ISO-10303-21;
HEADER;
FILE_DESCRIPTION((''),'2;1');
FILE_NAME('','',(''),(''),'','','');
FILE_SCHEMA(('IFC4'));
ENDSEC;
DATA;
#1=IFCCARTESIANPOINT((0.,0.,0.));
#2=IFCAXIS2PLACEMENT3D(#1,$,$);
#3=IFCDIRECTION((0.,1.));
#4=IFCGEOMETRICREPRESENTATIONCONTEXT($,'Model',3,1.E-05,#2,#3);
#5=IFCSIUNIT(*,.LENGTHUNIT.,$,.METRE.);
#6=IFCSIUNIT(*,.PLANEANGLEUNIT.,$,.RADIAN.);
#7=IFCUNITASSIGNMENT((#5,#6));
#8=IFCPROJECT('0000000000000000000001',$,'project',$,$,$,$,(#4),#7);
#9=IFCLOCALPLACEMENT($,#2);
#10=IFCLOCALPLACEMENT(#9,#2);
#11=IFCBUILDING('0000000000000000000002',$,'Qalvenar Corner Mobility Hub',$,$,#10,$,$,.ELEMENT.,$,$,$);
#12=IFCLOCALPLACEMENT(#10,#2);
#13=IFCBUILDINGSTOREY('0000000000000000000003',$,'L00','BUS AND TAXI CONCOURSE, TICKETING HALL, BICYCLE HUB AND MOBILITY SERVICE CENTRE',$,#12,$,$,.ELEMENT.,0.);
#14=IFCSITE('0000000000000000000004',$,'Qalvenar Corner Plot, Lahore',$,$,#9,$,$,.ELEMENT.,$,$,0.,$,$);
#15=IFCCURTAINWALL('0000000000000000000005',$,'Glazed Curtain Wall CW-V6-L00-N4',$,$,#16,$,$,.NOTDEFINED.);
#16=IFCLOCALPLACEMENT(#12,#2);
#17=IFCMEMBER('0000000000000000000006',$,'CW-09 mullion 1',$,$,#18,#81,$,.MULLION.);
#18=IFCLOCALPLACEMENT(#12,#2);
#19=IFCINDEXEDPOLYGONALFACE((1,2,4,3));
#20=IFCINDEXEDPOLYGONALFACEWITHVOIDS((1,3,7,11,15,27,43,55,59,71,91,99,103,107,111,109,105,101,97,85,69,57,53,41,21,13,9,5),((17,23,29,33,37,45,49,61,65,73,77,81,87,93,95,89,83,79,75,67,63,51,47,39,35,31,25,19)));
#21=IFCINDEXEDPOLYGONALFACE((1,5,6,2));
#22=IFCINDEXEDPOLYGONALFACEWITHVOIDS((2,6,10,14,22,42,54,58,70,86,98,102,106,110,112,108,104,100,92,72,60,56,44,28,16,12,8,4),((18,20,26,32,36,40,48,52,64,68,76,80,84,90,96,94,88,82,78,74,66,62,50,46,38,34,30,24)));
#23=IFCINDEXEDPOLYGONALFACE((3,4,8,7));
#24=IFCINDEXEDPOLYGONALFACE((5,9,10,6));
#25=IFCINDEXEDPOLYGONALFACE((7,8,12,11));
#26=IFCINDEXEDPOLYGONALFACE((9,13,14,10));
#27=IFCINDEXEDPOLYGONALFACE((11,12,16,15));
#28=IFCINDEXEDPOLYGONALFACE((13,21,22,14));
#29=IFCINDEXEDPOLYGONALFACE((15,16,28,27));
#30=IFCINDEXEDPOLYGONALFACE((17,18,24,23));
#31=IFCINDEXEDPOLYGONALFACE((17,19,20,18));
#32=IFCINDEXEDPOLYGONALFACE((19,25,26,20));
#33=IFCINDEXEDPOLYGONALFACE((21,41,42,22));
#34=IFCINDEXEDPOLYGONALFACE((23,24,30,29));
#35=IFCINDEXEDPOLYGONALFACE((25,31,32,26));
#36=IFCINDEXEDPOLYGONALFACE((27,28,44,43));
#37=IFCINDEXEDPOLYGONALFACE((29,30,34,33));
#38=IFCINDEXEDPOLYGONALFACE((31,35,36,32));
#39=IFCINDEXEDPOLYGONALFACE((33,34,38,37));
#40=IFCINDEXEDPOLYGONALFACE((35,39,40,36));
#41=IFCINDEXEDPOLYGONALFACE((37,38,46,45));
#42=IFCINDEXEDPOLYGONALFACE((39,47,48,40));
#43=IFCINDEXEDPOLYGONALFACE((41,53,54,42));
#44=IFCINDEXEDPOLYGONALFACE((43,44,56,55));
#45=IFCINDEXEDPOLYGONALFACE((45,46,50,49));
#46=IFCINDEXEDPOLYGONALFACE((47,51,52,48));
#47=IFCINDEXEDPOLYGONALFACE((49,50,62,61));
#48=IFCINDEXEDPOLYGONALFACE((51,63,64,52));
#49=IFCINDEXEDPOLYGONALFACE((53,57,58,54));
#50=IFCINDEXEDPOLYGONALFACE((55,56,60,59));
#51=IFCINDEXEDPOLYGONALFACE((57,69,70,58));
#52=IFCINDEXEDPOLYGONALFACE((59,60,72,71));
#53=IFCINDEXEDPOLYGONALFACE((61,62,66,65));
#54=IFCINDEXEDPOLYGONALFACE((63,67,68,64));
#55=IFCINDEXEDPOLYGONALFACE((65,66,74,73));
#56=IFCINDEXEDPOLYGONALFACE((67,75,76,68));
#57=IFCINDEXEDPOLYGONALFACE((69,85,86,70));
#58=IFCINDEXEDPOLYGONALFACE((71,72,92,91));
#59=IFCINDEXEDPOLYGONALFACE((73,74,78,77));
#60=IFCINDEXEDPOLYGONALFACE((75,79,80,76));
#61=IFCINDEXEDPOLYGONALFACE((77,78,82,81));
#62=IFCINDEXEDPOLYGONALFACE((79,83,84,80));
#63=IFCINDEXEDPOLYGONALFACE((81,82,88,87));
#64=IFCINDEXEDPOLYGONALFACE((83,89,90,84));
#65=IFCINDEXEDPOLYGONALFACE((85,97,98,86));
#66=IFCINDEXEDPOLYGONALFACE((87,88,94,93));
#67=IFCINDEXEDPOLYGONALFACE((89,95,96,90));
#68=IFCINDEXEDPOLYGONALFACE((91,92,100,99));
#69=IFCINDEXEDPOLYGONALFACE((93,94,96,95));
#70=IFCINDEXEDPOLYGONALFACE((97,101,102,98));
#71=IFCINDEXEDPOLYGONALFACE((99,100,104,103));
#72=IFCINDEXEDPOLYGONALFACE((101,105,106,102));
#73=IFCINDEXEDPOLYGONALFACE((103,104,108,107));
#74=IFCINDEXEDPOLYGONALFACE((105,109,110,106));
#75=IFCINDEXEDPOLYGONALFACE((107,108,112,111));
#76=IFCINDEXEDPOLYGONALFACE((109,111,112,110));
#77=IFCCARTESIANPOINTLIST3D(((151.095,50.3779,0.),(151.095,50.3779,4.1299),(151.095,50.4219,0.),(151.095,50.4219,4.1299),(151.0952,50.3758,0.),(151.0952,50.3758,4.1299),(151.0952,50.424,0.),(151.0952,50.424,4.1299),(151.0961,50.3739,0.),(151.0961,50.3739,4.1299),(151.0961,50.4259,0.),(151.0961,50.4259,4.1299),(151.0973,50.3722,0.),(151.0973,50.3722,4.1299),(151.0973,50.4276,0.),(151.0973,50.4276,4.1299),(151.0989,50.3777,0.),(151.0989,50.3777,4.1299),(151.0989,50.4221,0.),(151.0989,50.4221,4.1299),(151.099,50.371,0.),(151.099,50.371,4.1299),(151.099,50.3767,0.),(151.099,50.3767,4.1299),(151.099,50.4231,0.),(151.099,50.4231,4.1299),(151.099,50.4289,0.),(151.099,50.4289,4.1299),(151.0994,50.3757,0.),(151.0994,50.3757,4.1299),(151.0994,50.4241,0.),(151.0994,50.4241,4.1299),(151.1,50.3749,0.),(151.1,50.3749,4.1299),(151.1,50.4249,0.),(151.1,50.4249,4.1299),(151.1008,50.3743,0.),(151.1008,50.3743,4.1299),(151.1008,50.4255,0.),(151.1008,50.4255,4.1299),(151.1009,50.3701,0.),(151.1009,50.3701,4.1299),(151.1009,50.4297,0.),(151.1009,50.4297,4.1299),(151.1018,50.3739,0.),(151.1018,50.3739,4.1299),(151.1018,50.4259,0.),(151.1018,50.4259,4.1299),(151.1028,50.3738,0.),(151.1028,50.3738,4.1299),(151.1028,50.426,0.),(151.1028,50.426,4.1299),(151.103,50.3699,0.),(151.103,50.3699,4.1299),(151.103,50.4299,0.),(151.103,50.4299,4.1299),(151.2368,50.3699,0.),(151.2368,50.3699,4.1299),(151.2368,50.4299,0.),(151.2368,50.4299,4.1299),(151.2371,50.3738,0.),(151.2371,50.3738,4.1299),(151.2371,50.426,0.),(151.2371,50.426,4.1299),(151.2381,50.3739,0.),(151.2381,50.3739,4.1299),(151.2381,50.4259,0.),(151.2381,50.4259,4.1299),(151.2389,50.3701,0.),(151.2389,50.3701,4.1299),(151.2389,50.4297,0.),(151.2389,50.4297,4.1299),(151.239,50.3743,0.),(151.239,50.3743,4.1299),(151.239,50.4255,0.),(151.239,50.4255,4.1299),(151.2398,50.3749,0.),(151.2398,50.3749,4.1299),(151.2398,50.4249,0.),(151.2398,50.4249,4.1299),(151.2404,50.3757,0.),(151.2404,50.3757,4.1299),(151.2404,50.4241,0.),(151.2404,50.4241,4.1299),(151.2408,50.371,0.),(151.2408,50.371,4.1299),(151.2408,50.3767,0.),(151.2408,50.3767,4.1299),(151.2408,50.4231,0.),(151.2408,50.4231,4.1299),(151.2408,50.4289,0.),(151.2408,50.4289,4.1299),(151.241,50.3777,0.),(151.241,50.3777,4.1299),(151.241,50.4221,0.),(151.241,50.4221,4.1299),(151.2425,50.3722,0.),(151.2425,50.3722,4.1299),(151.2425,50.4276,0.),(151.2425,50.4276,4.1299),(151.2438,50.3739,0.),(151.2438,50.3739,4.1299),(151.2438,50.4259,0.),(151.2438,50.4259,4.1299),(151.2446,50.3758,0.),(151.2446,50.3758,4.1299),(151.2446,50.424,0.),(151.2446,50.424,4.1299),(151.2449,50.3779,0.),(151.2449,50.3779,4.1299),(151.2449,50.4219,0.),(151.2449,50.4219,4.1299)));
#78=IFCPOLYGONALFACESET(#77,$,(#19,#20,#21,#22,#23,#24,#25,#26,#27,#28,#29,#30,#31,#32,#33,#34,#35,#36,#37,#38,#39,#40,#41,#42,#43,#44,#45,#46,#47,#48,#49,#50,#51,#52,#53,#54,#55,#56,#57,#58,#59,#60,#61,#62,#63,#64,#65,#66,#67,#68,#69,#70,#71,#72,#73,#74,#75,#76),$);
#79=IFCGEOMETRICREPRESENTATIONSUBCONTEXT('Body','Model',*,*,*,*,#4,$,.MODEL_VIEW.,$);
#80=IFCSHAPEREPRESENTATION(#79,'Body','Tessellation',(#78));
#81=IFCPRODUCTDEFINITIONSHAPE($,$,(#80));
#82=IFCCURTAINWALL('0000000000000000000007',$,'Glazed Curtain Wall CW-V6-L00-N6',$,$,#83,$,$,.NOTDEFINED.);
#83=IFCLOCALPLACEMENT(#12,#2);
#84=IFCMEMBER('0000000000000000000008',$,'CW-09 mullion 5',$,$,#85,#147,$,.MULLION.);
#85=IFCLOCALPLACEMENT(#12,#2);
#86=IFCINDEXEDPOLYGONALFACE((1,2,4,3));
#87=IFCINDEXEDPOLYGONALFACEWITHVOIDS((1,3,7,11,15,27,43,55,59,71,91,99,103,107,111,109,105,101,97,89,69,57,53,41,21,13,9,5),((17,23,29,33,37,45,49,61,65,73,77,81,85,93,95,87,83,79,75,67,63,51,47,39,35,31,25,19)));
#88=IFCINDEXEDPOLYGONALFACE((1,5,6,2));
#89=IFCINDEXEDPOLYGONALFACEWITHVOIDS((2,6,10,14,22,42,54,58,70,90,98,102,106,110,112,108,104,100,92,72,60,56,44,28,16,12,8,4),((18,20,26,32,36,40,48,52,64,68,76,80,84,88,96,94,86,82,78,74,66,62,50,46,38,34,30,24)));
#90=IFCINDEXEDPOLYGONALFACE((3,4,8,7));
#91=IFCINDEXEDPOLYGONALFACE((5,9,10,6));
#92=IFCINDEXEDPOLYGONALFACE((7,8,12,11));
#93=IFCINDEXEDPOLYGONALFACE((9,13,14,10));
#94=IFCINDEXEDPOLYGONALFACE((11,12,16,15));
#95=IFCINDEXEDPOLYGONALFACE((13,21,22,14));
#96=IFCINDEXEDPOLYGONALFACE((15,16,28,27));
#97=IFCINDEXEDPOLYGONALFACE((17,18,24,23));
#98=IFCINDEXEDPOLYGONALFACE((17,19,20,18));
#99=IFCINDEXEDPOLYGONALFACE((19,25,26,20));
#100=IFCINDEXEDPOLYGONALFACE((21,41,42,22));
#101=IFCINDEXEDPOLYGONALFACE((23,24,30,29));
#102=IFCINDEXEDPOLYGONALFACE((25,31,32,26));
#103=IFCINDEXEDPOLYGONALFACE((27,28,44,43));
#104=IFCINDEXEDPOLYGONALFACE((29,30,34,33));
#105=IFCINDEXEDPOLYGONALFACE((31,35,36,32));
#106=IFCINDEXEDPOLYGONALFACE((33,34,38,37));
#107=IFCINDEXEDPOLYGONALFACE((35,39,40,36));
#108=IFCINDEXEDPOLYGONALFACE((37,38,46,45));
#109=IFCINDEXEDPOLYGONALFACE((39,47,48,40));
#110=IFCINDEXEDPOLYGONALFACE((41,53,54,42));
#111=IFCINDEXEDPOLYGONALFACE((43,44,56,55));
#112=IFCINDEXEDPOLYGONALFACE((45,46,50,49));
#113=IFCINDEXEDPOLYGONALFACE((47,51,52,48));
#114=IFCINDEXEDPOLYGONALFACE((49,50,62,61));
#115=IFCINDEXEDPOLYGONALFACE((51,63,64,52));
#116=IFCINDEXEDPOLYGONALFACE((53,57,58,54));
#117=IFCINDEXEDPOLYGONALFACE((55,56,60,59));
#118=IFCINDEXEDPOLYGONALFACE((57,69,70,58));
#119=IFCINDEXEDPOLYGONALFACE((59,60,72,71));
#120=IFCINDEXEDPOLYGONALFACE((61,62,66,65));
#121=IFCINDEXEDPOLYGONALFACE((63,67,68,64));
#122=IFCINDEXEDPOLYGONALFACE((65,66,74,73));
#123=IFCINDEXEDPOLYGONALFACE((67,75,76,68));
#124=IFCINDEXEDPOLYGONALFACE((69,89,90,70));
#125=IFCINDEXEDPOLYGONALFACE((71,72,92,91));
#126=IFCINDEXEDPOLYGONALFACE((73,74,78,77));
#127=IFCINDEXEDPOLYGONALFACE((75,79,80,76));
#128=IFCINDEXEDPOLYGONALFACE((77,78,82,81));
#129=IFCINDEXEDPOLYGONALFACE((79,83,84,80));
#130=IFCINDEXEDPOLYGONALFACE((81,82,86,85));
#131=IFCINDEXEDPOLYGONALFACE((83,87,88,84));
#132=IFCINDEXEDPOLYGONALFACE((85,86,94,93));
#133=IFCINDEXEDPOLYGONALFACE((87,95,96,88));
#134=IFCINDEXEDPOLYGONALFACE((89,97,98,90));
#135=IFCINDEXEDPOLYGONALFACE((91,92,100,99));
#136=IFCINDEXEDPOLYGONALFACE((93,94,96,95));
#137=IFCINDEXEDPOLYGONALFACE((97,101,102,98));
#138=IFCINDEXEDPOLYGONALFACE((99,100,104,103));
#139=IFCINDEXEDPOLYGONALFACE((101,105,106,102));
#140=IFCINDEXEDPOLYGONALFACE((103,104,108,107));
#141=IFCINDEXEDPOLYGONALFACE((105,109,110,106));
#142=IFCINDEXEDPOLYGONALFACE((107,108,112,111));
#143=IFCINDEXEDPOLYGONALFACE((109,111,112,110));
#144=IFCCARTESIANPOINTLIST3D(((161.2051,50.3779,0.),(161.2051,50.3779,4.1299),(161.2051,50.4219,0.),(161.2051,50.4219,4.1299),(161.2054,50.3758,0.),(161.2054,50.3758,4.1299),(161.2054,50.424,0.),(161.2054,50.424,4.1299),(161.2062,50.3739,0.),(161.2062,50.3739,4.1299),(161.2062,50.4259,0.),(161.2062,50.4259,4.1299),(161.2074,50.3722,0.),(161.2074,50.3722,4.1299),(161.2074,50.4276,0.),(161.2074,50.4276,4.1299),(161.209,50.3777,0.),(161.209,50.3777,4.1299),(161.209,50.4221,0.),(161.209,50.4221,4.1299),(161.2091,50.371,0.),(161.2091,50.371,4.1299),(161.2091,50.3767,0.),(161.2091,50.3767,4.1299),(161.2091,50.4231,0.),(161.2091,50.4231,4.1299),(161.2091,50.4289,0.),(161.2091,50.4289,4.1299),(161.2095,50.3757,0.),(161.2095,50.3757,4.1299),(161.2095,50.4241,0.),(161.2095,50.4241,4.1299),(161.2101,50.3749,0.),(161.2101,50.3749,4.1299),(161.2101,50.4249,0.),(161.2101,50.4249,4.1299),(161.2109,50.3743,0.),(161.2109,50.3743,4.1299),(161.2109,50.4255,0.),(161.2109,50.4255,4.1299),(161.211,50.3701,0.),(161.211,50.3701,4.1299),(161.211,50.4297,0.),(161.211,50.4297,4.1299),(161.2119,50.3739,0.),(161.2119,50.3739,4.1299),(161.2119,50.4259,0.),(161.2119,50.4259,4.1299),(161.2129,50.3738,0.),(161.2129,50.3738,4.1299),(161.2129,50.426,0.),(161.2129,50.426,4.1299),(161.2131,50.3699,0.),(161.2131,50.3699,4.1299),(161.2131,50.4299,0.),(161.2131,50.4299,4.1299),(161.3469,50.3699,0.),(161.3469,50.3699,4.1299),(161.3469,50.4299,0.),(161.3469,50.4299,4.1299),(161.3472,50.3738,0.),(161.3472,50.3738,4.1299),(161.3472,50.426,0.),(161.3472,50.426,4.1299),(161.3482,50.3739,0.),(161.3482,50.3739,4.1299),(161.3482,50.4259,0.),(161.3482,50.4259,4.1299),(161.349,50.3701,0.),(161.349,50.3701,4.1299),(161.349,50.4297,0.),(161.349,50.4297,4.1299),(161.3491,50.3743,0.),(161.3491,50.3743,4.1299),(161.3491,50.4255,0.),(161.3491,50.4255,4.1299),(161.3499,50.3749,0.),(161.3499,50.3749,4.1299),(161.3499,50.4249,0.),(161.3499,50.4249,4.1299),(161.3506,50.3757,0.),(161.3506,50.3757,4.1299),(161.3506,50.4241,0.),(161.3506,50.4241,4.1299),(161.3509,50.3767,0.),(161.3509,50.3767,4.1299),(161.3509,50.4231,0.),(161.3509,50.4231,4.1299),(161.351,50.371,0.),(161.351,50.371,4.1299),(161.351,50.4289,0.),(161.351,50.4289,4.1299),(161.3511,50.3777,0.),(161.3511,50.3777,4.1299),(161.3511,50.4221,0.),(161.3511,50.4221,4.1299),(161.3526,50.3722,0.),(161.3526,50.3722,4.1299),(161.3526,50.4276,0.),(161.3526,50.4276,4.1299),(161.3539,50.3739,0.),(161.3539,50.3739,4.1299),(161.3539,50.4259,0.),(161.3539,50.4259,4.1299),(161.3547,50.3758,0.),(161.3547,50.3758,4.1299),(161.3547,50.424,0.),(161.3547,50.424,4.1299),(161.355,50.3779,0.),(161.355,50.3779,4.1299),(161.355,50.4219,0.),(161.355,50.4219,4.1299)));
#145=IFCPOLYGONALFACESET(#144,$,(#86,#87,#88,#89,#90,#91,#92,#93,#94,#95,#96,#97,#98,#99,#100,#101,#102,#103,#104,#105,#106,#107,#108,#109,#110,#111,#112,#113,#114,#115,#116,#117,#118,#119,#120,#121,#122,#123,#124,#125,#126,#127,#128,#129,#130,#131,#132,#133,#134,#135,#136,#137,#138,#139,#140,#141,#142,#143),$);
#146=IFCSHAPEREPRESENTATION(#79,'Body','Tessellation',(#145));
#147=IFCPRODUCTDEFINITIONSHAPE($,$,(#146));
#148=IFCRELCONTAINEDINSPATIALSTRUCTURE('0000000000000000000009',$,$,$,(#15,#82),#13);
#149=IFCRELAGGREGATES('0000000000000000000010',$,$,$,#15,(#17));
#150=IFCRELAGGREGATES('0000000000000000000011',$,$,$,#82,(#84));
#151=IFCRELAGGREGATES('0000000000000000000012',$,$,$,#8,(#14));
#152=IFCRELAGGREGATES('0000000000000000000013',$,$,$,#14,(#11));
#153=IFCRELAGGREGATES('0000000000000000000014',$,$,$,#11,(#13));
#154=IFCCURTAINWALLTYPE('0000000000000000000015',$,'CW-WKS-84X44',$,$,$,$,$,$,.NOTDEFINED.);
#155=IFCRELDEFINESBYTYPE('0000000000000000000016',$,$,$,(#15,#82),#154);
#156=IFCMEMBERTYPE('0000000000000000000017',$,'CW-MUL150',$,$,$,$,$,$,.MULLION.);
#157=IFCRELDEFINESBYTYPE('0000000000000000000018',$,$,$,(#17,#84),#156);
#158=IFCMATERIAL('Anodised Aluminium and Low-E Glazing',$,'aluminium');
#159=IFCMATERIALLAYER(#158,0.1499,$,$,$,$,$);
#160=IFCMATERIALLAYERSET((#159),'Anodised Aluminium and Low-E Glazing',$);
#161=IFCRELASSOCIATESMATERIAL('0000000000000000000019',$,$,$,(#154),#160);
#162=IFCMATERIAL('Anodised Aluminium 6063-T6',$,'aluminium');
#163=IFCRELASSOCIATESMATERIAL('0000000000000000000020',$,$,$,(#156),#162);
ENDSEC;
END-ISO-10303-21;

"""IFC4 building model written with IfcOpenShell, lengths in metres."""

from ifc_helpers import new_model, si_unit, direction, frame, origin, origin_2d, place, context, subcontext, project, spatial, hollow_rectangle, extrude, material, layer, layer_set, material_profile, profile_set, type_object, element, aggregate, save


model = new_model("IFC4")

# Units and contexts
model_context = context("Model", 3, precision=1e-05, world=origin(), true_north=direction((0.0, 1.0)))
body_context = subcontext(model_context, "Body", "Model", "MODEL_VIEW")
ifc_project = project(units=[si_unit("LENGTHUNIT", "METRE"), si_unit("PLANEANGLEUNIT", "RADIAN")], contexts=[model_context])

# Site, building, storey
site_placement = place(None, origin())
site = spatial("IfcSite", under=ifc_project, at=site_placement, Name="Qalvenar Corner Plot, Lahore", CompositionType="ELEMENT", RefElevation=0.0)
building_placement = place(site_placement, origin())
building = spatial("IfcBuilding", under=site, at=building_placement, Name="Qalvenar Corner Mobility Hub", CompositionType="ELEMENT")
storey_placement = place(building_placement, origin())
storey = spatial("IfcBuildingStorey", under=building, at=storey_placement, Name="L00", Description="BUS AND TAXI CONCOURSE, TICKETING HALL, BICYCLE HUB AND MOBILITY SERVICE CENTRE", CompositionType="ELEMENT", Elevation=0.0)

# Curtain wall, member
ifc_material_1 = material(Name="Anodised Aluminium and Low-E Glazing", Category="aluminium")
ifc_layer_1 = layer(ifc_material_1, 0.1499)
ifc_layer_set_1 = layer_set([ifc_layer_1], Name="Anodised Aluminium and Low-E Glazing")
curtain_wall_type = type_object("IfcCurtainWallType", Name="CW-WKS-84X44", PredefinedType="NOTDEFINED", material=ifc_layer_set_1)
curtain_wall_1_placement = place(storey_placement, origin())
curtain_wall_1 = element("IfcCurtainWall", 1, at=curtain_wall_1_placement, inside=storey, type_object=curtain_wall_type, Name="Glazed Curtain Wall CW-V6-L00-N4", PredefinedType="NOTDEFINED")
ifc_material_2 = material(Name="Anodised Aluminium 6063-T6", Category="aluminium")
ifc_material_profile_1 = material_profile(ifc_material_2, hollow_rectangle(XDim=0.0601, YDim=0.1499, WallThickness=0.0039, InnerFilletRadius=0.0039, OuterFilletRadius=0.0081, at=origin_2d()), Name="RHS150x60x4")
ifc_profile_set_1 = profile_set([ifc_material_profile_1], Name="Anodised Aluminium 6063-T6")
member_type_1 = type_object("IfcMemberType", Name="CW-MUL150", PredefinedType="MULLION", material=ifc_profile_set_1)
member_1_placement = place(storey_placement, frame((151.1699, 50.3999, 0.0), z_axis=(0.0, 0.0, 1.0), x_axis=(0.0, -1.0, 0.0)))
member_1 = element("IfcMember", 2, at=member_1_placement, type_object=member_type_1, Name="CW-09 mullion 1", PredefinedType="MULLION", context=body_context, shape_type="SweptSolid", body=[
    extrude(hollow_rectangle(XDim=0.0601, YDim=0.1499, WallThickness=0.0039, InnerFilletRadius=0.0039, OuterFilletRadius=0.0081, at=origin_2d()), origin(), (0.0, 0.0, 1.0), 4.1299),
])

# Curtain wall, member
curtain_wall_2_placement = place(storey_placement, origin())
curtain_wall_2 = element("IfcCurtainWall", 3, at=curtain_wall_2_placement, inside=storey, type_object=curtain_wall_type, Name="Glazed Curtain Wall CW-V6-L00-N6", PredefinedType="NOTDEFINED")
member_2_placement = place(storey_placement, frame((161.28, 50.3999, 0.0), z_axis=(0.0, 0.0, 1.0), x_axis=(0.0, -1.0, 0.0)))
member_2 = element("IfcMember", 4, at=member_2_placement, type_object=member_type_1, Name="CW-09 mullion 5", PredefinedType="MULLION", context=body_context, shape_type="SweptSolid", body=[
    extrude(hollow_rectangle(XDim=0.0601, YDim=0.1499, WallThickness=0.0039, InnerFilletRadius=0.0039, OuterFilletRadius=0.0081, at=origin_2d()), origin(), (0.0, 0.0, 1.0), 4.1299),
])

aggregate(curtain_wall_1, [member_1])
aggregate(curtain_wall_2, [member_2])

save(model, "model.ifc")
